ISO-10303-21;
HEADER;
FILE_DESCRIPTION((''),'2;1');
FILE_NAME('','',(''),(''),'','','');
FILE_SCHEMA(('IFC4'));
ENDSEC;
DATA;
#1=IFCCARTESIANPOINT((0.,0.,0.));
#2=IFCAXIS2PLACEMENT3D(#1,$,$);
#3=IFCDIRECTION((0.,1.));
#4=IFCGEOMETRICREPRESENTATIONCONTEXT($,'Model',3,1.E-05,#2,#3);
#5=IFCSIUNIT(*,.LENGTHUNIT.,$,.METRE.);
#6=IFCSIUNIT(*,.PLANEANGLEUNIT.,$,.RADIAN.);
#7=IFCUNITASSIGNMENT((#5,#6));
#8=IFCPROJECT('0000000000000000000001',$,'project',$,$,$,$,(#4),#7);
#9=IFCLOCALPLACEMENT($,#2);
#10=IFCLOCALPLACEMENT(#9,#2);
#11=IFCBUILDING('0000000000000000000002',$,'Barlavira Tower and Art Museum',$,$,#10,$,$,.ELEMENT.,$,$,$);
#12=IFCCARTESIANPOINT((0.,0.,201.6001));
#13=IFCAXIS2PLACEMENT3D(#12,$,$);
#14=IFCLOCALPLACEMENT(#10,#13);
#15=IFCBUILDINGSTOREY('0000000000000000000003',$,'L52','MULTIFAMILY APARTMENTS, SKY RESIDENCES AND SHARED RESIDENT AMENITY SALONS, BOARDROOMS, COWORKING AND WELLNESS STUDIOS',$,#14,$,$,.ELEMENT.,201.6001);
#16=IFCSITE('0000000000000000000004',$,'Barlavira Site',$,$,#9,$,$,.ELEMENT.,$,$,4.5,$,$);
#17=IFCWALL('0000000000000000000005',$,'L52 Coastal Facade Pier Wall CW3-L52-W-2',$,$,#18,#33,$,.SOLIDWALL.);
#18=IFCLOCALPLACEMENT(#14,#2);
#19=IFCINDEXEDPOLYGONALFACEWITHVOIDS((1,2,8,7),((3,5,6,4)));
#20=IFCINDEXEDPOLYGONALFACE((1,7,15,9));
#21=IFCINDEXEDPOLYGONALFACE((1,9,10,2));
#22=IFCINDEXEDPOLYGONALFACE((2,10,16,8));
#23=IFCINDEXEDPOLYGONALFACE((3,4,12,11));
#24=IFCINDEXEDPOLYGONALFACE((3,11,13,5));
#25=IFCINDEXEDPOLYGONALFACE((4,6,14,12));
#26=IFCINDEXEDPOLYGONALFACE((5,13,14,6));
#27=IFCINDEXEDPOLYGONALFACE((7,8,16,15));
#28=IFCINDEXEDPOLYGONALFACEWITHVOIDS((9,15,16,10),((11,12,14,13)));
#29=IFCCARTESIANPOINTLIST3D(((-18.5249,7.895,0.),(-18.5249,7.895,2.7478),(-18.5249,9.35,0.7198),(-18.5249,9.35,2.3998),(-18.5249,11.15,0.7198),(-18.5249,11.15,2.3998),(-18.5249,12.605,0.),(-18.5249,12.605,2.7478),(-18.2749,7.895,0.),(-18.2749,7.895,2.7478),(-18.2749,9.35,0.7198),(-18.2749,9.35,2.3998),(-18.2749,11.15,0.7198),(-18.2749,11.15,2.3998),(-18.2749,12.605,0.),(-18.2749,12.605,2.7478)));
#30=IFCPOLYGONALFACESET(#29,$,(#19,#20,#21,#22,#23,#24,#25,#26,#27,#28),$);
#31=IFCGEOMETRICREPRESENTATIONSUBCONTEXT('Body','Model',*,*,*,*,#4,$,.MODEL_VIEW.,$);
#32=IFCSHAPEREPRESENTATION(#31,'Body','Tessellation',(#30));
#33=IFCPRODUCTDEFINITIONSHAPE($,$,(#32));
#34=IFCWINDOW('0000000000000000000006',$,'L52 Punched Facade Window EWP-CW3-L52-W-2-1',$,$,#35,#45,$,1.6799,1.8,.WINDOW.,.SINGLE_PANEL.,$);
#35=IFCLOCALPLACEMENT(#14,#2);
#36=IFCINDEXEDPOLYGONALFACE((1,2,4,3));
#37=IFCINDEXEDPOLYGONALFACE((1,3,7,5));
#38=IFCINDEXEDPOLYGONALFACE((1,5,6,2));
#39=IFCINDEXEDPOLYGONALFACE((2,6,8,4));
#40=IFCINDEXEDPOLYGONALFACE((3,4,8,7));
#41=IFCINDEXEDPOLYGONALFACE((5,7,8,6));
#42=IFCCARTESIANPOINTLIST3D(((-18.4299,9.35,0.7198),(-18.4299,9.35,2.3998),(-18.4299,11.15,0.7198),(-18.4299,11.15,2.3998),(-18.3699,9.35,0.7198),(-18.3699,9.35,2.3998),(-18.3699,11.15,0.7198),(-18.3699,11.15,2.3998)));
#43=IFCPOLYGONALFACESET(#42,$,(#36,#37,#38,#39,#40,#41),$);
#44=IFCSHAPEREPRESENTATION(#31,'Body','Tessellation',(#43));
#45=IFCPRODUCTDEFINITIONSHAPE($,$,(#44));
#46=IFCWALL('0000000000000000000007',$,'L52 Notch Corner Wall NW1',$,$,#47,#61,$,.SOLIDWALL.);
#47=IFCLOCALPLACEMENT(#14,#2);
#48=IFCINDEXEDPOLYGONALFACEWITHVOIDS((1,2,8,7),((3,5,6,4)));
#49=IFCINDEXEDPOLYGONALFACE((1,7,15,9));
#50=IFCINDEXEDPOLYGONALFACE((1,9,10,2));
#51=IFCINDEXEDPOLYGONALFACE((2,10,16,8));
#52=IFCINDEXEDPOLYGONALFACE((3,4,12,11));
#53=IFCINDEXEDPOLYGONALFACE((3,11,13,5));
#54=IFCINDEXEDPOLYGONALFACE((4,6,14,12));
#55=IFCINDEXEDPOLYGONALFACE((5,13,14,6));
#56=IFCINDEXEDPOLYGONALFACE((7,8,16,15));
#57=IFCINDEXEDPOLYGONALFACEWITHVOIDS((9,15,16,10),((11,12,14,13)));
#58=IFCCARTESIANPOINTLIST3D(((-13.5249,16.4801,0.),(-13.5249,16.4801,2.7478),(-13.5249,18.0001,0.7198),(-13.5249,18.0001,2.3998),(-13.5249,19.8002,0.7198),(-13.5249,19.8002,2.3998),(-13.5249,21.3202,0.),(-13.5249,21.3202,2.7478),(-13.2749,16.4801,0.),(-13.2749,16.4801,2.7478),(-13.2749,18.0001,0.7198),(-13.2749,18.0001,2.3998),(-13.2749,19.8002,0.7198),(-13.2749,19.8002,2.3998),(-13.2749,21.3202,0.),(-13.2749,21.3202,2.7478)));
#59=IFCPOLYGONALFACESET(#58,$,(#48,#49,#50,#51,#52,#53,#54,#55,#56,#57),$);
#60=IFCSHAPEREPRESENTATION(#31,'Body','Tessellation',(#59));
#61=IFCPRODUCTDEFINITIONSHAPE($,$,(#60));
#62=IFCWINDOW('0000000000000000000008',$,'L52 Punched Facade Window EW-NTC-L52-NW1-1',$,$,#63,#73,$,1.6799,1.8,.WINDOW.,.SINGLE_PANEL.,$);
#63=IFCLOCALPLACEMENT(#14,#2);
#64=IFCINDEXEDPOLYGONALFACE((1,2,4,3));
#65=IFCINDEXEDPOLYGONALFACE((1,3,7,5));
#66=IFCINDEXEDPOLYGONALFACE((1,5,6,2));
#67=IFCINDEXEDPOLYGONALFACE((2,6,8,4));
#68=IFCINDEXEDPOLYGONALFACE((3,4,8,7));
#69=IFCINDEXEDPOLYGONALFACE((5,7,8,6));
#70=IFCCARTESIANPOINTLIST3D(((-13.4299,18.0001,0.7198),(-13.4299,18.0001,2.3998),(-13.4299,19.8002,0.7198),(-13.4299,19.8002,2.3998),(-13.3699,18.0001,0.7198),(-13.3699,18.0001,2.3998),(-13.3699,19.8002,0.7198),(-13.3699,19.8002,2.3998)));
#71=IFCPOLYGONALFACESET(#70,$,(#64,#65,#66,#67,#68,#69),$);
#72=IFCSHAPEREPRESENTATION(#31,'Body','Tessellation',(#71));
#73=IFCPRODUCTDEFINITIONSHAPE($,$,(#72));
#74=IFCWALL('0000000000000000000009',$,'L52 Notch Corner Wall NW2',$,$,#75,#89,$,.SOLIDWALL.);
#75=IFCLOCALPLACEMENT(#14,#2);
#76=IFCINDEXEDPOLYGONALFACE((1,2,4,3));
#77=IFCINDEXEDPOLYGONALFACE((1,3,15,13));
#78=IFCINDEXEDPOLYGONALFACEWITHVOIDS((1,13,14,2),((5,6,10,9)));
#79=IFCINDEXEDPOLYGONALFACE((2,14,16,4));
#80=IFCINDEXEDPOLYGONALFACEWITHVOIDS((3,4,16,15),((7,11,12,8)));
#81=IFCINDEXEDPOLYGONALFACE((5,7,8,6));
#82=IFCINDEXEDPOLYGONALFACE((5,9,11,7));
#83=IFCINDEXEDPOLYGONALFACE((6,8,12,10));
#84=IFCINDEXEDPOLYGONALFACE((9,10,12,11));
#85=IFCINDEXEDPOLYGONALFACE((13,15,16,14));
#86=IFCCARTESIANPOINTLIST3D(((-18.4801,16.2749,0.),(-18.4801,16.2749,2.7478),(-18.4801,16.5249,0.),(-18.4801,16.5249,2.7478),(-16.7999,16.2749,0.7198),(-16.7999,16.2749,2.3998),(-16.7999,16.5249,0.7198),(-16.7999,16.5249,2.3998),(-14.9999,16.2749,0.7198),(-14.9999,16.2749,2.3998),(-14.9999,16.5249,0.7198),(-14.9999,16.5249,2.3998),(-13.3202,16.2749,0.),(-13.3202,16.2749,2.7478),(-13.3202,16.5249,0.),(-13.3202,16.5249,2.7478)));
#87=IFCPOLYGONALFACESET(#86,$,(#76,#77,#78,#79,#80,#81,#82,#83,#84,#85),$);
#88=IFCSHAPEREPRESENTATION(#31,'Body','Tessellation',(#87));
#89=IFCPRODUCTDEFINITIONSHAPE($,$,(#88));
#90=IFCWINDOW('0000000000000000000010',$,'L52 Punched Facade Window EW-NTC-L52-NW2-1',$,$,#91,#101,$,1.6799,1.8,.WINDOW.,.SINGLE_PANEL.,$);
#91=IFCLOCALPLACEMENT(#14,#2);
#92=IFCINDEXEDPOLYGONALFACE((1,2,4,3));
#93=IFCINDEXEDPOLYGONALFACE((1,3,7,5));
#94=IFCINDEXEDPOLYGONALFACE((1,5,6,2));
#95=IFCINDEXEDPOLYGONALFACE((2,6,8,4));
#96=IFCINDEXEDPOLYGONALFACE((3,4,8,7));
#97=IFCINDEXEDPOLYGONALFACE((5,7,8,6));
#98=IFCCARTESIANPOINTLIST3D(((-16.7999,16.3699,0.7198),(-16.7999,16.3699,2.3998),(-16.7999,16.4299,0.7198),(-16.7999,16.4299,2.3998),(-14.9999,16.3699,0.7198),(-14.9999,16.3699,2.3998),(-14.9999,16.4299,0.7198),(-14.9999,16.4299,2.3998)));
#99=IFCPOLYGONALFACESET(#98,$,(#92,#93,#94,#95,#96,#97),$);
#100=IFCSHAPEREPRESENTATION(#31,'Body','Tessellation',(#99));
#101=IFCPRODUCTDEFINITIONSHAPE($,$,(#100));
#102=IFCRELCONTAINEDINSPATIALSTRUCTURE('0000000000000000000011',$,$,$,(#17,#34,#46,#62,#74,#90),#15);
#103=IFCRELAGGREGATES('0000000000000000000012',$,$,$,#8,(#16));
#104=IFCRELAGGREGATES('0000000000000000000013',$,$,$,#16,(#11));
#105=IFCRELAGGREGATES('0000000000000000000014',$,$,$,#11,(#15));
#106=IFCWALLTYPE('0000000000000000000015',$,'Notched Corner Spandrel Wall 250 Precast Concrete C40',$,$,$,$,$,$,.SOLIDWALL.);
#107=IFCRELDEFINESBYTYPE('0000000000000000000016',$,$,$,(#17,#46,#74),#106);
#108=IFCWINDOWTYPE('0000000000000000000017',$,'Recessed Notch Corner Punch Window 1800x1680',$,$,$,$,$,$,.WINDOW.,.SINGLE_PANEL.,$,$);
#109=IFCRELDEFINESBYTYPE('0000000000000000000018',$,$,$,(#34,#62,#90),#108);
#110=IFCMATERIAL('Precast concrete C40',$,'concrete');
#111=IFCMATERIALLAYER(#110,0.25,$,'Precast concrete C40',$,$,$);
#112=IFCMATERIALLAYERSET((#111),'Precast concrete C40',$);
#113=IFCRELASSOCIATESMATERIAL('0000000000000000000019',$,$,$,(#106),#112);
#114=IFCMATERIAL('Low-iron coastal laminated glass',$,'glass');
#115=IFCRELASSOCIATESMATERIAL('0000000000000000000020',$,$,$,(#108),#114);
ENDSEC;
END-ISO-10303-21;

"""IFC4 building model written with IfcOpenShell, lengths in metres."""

from ifc_helpers import new_model, si_unit, direction, frame, frame_2d, origin, place, context, subcontext, project, spatial, rectangle, extrude, material, layer, layer_set, type_object, element, fill, save


model = new_model("IFC4")

# Units and contexts
model_context = context("Model", 3, precision=1e-05, world=origin(), true_north=direction((0.0, 1.0)))
body_context = subcontext(model_context, "Body", "Model", "MODEL_VIEW")
ifc_project = project(units=[si_unit("LENGTHUNIT", "METRE"), si_unit("PLANEANGLEUNIT", "RADIAN")], contexts=[model_context])

# Site, building, storey
site_placement = place(None, origin())
site = spatial("IfcSite", under=ifc_project, at=site_placement, Name="Barlavira Site", CompositionType="ELEMENT", RefElevation=4.5)
building_placement = place(site_placement, origin())
building = spatial("IfcBuilding", under=site, at=building_placement, Name="Barlavira Tower and Art Museum", CompositionType="ELEMENT")
storey_placement = place(building_placement, frame((0.0, 0.0, 201.6001)))
storey = spatial("IfcBuildingStorey", under=building, at=storey_placement, Name="L52", Description="MULTIFAMILY APARTMENTS, SKY RESIDENCES AND SHARED RESIDENT AMENITY SALONS, BOARDROOMS, COWORKING AND WELLNESS STUDIOS", CompositionType="ELEMENT", Elevation=201.6001)

# Walls, openings, windows
ifc_material_1 = material(Name="Precast concrete C40", Category="concrete")
ifc_layer_1 = layer(ifc_material_1, 0.25, Name="Precast concrete C40")
ifc_layer_set_1 = layer_set([ifc_layer_1], Name="Precast concrete C40")
wall_type_1 = type_object("IfcWallType", Name="Notched Corner Spandrel Wall 250 Precast Concrete C40", PredefinedType="SOLIDWALL", material=ifc_layer_set_1)
ifc_material_2 = material(Name="Low-iron coastal laminated glass", Category="glass")
window_type_1 = type_object("IfcWindowType", Name="Recessed Notch Corner Punch Window 1800x1680", PartitioningType="SINGLE_PANEL", PredefinedType="WINDOW", material=ifc_material_2)
wall_1_placement = place(storey_placement, frame((-18.3999, 12.605, 0.0), z_axis=(0.0, 0.0, 1.0), x_axis=(0.0, -1.0, 0.0)))
wall_1 = element("IfcWall", 1, at=wall_1_placement, inside=storey, type_object=wall_type_1, Name="L52 Coastal Facade Pier Wall CW3-L52-W-2", PredefinedType="SOLIDWALL", context=body_context, shape_type="SweptSolid", body=[
    extrude(rectangle(XDim=4.71, YDim=0.25, at=frame_2d((2.355, 0.0))), origin(), (0.0, 0.0, 1.0), 2.7478),
])
opening_1_placement = place(wall_1_placement, frame((1.4551, 0.0, 0.72)))
opening_1 = element("IfcOpeningElement", 2, at=opening_1_placement, cuts=wall_1, PredefinedType="OPENING", context=body_context, shape_type="SweptSolid", body=[
    extrude(rectangle(XDim=1.8, YDim=1.6799, at=frame_2d((0.8999, 0.8398))), frame((0.0, 0.135, 0.0), z_axis=(0.0, -1.0, 0.0), x_axis=(1.0, 0.0, 0.0)), (0.0, 0.0, 1.0), 0.27),
])
window_1_placement = place(opening_1_placement, origin())
window_1 = element("IfcWindow", 3, at=window_1_placement, inside=storey, type_object=window_type_1, Name="L52 Punched Facade Window EWP-CW3-L52-W-2-1", OverallHeight=1.6799, OverallWidth=1.8, PartitioningType="SINGLE_PANEL", PredefinedType="WINDOW", context=body_context, shape_type="SweptSolid", body=[
    extrude(rectangle(XDim=1.8, YDim=1.6799, at=frame_2d((0.8999, 0.8398))), frame((0.0, 0.03, 0.0), z_axis=(0.0, -1.0, 0.0), x_axis=(1.0, 0.0, 0.0)), (0.0, 0.0, 1.0), 0.0601),
])
fill(opening_1, window_1)
wall_2_placement = place(storey_placement, frame((-13.3999, 21.3201, 0.0), z_axis=(0.0, 0.0, 1.0), x_axis=(0.0, -1.0, 0.0)))
wall_2 = element("IfcWall", 4, at=wall_2_placement, inside=storey, type_object=wall_type_1, Name="L52 Notch Corner Wall NW1", PredefinedType="SOLIDWALL", context=body_context, shape_type="SweptSolid", body=[
    extrude(rectangle(XDim=4.8401, YDim=0.25, at=frame_2d((2.4199, 0.0))), origin(), (0.0, 0.0, 1.0), 2.7478),
])
opening_2_placement = place(wall_2_placement, frame((1.52, 0.0, 0.72)))
opening_2 = element("IfcOpeningElement", 5, at=opening_2_placement, cuts=wall_2, PredefinedType="OPENING", context=body_context, shape_type="SweptSolid", body=[
    extrude(rectangle(XDim=1.8, YDim=1.6799, at=frame_2d((0.8999, 0.8398))), frame((0.0, 0.135, 0.0), z_axis=(0.0, -1.0, 0.0), x_axis=(1.0, 0.0, 0.0)), (0.0, 0.0, 1.0), 0.27),
])
window_2_placement = place(opening_2_placement, origin())
window_2 = element("IfcWindow", 6, at=window_2_placement, inside=storey, type_object=window_type_1, Name="L52 Punched Facade Window EW-NTC-L52-NW1-1", OverallHeight=1.6799, OverallWidth=1.8, PartitioningType="SINGLE_PANEL", PredefinedType="WINDOW", context=body_context, shape_type="SweptSolid", body=[
    extrude(rectangle(XDim=1.8, YDim=1.6799, at=frame_2d((0.8999, 0.8398))), frame((0.0, 0.03, 0.0), z_axis=(0.0, -1.0, 0.0), x_axis=(1.0, 0.0, 0.0)), (0.0, 0.0, 1.0), 0.0601),
])
fill(opening_2, window_2)
wall_3_placement = place(storey_placement, frame((-13.3201, 16.3999, 0.0), z_axis=(0.0, 0.0, 1.0), x_axis=(-1.0, 0.0, 0.0)))
wall_3 = element("IfcWall", 7, at=wall_3_placement, inside=storey, type_object=wall_type_1, Name="L52 Notch Corner Wall NW2", PredefinedType="SOLIDWALL", context=body_context, shape_type="SweptSolid", body=[
    extrude(rectangle(XDim=5.1599, YDim=0.25, at=frame_2d((2.5801, 0.0))), origin(), (0.0, 0.0, 1.0), 2.7478),
])
opening_3_placement = place(wall_3_placement, frame((1.6799, 0.0, 0.72)))
opening_3 = element("IfcOpeningElement", 8, at=opening_3_placement, cuts=wall_3, PredefinedType="OPENING", context=body_context, shape_type="SweptSolid", body=[
    extrude(rectangle(XDim=1.8, YDim=1.6799, at=frame_2d((0.8999, 0.8398))), frame((0.0, 0.135, 0.0), z_axis=(0.0, -1.0, 0.0), x_axis=(1.0, 0.0, 0.0)), (0.0, 0.0, 1.0), 0.27),
])
window_3_placement = place(opening_3_placement, origin())
window_3 = element("IfcWindow", 9, at=window_3_placement, inside=storey, type_object=window_type_1, Name="L52 Punched Facade Window EW-NTC-L52-NW2-1", OverallHeight=1.6799, OverallWidth=1.8, PartitioningType="SINGLE_PANEL", PredefinedType="WINDOW", context=body_context, shape_type="SweptSolid", body=[
    extrude(rectangle(XDim=1.8, YDim=1.6799, at=frame_2d((0.8999, 0.8398))), frame((0.0, 0.03, 0.0), z_axis=(0.0, -1.0, 0.0), x_axis=(1.0, 0.0, 0.0)), (0.0, 0.0, 1.0), 0.0601),
])
fill(opening_3, window_3)

save(model, "model.ifc")
